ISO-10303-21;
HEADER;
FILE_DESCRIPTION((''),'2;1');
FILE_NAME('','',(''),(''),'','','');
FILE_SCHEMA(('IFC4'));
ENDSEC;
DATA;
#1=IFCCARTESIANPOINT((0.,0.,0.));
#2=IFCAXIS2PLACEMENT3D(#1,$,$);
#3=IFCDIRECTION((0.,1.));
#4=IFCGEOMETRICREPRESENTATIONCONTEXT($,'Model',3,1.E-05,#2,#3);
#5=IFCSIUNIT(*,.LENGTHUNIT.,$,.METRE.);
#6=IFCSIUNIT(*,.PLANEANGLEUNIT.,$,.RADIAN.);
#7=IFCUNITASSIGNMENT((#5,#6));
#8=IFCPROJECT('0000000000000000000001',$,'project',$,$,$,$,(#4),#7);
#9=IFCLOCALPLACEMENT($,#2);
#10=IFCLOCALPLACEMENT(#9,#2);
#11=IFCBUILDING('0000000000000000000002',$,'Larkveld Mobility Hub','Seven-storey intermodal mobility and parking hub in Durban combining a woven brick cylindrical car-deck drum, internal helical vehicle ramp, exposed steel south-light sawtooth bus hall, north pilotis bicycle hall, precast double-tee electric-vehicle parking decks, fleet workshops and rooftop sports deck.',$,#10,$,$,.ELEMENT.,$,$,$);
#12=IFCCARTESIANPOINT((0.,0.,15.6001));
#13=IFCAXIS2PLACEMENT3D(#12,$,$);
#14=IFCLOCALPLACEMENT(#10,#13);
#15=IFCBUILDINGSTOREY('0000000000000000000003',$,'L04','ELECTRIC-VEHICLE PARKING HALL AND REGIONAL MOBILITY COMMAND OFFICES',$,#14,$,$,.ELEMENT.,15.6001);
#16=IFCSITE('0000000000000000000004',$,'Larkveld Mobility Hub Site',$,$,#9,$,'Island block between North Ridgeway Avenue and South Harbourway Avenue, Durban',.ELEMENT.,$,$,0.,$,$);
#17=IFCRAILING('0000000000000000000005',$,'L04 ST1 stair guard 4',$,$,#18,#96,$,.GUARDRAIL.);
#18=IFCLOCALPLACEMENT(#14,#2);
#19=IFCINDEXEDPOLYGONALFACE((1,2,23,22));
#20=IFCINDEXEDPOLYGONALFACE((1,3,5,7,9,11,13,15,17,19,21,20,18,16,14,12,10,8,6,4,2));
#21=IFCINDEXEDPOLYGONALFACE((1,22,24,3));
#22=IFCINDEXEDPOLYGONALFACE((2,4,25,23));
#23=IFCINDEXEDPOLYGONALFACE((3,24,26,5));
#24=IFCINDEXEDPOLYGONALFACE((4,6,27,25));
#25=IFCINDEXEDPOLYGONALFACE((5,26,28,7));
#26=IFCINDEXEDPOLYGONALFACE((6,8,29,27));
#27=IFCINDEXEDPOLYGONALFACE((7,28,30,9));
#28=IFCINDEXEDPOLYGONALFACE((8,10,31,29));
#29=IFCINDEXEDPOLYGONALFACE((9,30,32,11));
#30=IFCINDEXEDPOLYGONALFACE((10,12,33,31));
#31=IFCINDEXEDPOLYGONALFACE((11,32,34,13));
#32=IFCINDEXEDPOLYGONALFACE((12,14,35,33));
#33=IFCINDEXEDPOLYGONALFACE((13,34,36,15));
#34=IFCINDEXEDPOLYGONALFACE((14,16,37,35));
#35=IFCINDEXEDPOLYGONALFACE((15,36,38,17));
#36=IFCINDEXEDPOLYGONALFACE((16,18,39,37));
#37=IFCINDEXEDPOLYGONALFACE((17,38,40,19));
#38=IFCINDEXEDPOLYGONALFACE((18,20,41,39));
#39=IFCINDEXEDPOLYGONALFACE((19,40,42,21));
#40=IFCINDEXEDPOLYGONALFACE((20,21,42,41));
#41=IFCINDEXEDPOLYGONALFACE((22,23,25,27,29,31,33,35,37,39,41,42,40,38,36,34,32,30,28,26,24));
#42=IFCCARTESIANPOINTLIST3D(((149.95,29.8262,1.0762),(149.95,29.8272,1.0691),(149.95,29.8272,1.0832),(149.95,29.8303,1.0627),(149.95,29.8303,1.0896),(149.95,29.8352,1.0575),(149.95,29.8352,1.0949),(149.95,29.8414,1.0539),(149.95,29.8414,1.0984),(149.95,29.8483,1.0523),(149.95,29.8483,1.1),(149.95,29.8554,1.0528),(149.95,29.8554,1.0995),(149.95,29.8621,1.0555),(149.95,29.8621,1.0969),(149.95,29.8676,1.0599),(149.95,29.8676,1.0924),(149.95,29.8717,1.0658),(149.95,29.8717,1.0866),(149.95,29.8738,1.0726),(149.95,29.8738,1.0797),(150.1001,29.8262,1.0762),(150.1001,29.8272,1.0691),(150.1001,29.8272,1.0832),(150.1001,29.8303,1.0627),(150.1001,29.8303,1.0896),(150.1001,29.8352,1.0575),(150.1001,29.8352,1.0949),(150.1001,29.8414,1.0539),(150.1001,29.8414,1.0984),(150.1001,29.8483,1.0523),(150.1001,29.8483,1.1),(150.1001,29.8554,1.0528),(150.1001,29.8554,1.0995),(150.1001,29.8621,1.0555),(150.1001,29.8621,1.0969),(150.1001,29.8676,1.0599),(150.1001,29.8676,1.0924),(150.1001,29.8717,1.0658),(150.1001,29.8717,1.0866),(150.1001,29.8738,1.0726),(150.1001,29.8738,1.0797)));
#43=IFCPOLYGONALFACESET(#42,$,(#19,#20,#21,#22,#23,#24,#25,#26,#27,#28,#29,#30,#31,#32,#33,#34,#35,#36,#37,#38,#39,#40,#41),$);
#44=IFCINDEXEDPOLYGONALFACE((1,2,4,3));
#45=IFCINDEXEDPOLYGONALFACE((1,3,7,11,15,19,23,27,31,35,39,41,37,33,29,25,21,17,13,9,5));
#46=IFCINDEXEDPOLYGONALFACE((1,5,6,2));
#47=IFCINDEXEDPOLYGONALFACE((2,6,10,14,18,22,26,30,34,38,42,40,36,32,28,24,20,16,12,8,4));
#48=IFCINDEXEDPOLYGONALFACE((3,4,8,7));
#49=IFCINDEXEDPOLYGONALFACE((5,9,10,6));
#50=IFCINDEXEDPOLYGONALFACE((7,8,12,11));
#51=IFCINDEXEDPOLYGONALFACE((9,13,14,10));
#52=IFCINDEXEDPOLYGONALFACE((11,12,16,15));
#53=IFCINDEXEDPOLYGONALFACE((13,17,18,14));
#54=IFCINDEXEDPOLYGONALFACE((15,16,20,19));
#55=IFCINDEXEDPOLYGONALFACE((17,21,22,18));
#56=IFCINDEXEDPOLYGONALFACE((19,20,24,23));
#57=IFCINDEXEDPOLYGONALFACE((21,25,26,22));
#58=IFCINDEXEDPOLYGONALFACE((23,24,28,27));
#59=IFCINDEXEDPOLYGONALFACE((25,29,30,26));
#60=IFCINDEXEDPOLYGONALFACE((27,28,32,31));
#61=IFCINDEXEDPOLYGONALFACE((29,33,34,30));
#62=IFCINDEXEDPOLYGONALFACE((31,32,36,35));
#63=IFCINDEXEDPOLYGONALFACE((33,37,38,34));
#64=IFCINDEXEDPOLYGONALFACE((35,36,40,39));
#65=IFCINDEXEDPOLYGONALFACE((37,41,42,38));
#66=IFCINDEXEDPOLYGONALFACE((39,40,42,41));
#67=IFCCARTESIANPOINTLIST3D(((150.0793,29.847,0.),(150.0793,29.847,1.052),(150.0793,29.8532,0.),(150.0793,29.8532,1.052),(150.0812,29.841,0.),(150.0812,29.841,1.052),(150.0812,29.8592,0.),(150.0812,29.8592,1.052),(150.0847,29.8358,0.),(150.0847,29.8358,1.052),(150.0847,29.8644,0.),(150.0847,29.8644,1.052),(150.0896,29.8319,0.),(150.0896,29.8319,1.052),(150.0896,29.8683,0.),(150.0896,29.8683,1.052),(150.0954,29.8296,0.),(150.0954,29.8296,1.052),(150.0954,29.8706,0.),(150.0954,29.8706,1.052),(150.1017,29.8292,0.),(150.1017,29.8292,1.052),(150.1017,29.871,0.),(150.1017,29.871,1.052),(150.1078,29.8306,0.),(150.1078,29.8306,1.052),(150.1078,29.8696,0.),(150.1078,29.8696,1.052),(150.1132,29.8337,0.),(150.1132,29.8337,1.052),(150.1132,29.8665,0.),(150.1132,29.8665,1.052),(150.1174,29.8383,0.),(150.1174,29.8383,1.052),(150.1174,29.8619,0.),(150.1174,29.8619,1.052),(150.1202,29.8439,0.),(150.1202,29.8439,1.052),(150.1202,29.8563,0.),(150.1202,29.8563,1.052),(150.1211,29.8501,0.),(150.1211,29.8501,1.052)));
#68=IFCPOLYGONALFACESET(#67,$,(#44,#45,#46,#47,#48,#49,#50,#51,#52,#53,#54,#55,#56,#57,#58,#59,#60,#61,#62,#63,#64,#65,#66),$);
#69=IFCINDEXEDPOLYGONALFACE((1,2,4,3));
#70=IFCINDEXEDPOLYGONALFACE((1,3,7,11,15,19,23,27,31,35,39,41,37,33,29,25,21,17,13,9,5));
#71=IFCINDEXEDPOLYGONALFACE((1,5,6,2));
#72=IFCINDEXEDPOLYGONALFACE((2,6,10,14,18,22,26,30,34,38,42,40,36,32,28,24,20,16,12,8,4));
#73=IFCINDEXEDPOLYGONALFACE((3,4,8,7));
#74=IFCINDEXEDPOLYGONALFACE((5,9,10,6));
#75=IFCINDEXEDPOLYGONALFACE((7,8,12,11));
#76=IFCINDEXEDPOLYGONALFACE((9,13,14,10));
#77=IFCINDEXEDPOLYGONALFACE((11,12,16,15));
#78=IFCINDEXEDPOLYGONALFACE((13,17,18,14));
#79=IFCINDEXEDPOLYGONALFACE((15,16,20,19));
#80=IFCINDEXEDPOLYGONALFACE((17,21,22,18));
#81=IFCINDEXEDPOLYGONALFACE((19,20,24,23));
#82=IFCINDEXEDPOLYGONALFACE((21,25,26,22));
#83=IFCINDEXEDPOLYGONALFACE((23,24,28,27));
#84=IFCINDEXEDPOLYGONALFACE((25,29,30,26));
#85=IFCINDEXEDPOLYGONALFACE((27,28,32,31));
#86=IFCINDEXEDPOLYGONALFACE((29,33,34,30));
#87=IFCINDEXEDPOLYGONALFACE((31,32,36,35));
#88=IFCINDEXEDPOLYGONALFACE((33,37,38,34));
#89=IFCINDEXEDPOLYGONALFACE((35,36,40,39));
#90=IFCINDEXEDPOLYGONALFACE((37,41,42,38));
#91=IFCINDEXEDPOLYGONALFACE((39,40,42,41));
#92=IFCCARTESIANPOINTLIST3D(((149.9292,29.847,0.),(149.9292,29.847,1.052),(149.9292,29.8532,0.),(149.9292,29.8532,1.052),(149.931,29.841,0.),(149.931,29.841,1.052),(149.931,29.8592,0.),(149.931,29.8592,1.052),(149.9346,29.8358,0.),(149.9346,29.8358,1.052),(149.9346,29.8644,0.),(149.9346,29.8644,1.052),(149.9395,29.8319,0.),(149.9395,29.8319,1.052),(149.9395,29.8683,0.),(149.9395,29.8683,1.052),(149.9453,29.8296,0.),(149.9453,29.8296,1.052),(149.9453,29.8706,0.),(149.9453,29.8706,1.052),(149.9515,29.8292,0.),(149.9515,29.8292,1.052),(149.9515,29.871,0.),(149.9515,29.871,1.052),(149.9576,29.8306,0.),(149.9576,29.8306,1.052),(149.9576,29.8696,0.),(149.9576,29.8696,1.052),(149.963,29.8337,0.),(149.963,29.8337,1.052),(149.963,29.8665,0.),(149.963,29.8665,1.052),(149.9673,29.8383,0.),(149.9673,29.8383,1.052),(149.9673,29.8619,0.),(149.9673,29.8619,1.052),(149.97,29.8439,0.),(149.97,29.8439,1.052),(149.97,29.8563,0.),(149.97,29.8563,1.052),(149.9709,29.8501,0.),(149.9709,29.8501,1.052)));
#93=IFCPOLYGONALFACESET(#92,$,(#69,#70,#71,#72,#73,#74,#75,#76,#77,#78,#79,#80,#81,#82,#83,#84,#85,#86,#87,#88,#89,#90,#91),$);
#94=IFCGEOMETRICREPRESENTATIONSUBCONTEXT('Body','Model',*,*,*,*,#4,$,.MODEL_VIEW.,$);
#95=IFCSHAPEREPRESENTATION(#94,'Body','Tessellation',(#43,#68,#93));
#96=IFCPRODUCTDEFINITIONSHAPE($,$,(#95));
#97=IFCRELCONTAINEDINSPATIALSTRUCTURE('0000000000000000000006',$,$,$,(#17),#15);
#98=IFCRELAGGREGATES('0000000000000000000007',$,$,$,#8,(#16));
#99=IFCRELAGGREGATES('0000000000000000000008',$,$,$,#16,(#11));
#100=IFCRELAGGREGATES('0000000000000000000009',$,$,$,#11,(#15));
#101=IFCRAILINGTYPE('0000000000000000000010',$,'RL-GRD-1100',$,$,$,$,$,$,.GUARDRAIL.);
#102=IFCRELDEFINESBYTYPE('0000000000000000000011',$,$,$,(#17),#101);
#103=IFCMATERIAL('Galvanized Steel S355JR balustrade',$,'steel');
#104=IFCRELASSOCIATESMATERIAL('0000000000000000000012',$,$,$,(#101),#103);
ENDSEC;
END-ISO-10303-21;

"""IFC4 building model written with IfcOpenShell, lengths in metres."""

from ifc_helpers import new_model, si_unit, direction, frame, origin, origin_2d, place, context, subcontext, project, spatial, circle, extrude, material, type_object, element, save


model = new_model("IFC4")

# Units and contexts
model_context = context("Model", 3, precision=1e-05, world=origin(), true_north=direction((0.0, 1.0)))
body_context = subcontext(model_context, "Body", "Model", "MODEL_VIEW")
ifc_project = project(units=[si_unit("LENGTHUNIT", "METRE"), si_unit("PLANEANGLEUNIT", "RADIAN")], contexts=[model_context])

# Site, building, storey
site_placement = place(None, origin())
site = spatial("IfcSite", under=ifc_project, at=site_placement, Name="Larkveld Mobility Hub Site", LongName="Island block between North Ridgeway Avenue and South Harbourway Avenue, Durban", CompositionType="ELEMENT", RefElevation=0.0)
building_placement = place(site_placement, origin())
building = spatial("IfcBuilding", under=site, at=building_placement, Name="Larkveld Mobility Hub", Description="Seven-storey intermodal mobility and parking hub in Durban combining a woven brick cylindrical car-deck drum, internal helical vehicle ramp, exposed steel south-light sawtooth bus hall, north pilotis bicycle hall, precast double-tee electric-vehicle parking decks, fleet workshops and rooftop sports deck.", CompositionType="ELEMENT")
storey_placement = place(building_placement, frame((0.0, 0.0, 15.6001)))
storey = spatial("IfcBuildingStorey", under=building, at=storey_placement, Name="L04", Description="ELECTRIC-VEHICLE PARKING HALL AND REGIONAL MOBILITY COMMAND OFFICES", CompositionType="ELEMENT", Elevation=15.6001)

# Railing
ifc_material_1 = material(Name="Galvanized Steel S355JR balustrade", Category="steel")
railing_type_1 = type_object("IfcRailingType", Name="RL-GRD-1100", PredefinedType="GUARDRAIL", material=ifc_material_1)
railing_1_placement = place(storey_placement, frame((150.1001, 29.8501, 0.0)))
element("IfcRailing", 1, at=railing_1_placement, inside=storey, type_object=railing_type_1, Name="L04 ST1 stair guard 4", PredefinedType="GUARDRAIL", context=body_context, shape_type="SweptSolid", body=[
    extrude(circle(Radius=0.0239, at=origin_2d()), frame((0.0, 0.0, 1.0762), z_axis=(-1.0, 0.0, 0.0), x_axis=(0.0, -1.0, 0.0)), (0.0, 0.0, 1.0), 0.1501),
    extrude(circle(Radius=0.021, at=origin_2d()), origin(), (0.0, 0.0, 1.0), 1.052),
    extrude(circle(Radius=0.021, at=origin_2d()), frame((-0.1501, 0.0, 0.0)), (0.0, 0.0, 1.0), 1.052),
])

save(model, "model.ifc")
